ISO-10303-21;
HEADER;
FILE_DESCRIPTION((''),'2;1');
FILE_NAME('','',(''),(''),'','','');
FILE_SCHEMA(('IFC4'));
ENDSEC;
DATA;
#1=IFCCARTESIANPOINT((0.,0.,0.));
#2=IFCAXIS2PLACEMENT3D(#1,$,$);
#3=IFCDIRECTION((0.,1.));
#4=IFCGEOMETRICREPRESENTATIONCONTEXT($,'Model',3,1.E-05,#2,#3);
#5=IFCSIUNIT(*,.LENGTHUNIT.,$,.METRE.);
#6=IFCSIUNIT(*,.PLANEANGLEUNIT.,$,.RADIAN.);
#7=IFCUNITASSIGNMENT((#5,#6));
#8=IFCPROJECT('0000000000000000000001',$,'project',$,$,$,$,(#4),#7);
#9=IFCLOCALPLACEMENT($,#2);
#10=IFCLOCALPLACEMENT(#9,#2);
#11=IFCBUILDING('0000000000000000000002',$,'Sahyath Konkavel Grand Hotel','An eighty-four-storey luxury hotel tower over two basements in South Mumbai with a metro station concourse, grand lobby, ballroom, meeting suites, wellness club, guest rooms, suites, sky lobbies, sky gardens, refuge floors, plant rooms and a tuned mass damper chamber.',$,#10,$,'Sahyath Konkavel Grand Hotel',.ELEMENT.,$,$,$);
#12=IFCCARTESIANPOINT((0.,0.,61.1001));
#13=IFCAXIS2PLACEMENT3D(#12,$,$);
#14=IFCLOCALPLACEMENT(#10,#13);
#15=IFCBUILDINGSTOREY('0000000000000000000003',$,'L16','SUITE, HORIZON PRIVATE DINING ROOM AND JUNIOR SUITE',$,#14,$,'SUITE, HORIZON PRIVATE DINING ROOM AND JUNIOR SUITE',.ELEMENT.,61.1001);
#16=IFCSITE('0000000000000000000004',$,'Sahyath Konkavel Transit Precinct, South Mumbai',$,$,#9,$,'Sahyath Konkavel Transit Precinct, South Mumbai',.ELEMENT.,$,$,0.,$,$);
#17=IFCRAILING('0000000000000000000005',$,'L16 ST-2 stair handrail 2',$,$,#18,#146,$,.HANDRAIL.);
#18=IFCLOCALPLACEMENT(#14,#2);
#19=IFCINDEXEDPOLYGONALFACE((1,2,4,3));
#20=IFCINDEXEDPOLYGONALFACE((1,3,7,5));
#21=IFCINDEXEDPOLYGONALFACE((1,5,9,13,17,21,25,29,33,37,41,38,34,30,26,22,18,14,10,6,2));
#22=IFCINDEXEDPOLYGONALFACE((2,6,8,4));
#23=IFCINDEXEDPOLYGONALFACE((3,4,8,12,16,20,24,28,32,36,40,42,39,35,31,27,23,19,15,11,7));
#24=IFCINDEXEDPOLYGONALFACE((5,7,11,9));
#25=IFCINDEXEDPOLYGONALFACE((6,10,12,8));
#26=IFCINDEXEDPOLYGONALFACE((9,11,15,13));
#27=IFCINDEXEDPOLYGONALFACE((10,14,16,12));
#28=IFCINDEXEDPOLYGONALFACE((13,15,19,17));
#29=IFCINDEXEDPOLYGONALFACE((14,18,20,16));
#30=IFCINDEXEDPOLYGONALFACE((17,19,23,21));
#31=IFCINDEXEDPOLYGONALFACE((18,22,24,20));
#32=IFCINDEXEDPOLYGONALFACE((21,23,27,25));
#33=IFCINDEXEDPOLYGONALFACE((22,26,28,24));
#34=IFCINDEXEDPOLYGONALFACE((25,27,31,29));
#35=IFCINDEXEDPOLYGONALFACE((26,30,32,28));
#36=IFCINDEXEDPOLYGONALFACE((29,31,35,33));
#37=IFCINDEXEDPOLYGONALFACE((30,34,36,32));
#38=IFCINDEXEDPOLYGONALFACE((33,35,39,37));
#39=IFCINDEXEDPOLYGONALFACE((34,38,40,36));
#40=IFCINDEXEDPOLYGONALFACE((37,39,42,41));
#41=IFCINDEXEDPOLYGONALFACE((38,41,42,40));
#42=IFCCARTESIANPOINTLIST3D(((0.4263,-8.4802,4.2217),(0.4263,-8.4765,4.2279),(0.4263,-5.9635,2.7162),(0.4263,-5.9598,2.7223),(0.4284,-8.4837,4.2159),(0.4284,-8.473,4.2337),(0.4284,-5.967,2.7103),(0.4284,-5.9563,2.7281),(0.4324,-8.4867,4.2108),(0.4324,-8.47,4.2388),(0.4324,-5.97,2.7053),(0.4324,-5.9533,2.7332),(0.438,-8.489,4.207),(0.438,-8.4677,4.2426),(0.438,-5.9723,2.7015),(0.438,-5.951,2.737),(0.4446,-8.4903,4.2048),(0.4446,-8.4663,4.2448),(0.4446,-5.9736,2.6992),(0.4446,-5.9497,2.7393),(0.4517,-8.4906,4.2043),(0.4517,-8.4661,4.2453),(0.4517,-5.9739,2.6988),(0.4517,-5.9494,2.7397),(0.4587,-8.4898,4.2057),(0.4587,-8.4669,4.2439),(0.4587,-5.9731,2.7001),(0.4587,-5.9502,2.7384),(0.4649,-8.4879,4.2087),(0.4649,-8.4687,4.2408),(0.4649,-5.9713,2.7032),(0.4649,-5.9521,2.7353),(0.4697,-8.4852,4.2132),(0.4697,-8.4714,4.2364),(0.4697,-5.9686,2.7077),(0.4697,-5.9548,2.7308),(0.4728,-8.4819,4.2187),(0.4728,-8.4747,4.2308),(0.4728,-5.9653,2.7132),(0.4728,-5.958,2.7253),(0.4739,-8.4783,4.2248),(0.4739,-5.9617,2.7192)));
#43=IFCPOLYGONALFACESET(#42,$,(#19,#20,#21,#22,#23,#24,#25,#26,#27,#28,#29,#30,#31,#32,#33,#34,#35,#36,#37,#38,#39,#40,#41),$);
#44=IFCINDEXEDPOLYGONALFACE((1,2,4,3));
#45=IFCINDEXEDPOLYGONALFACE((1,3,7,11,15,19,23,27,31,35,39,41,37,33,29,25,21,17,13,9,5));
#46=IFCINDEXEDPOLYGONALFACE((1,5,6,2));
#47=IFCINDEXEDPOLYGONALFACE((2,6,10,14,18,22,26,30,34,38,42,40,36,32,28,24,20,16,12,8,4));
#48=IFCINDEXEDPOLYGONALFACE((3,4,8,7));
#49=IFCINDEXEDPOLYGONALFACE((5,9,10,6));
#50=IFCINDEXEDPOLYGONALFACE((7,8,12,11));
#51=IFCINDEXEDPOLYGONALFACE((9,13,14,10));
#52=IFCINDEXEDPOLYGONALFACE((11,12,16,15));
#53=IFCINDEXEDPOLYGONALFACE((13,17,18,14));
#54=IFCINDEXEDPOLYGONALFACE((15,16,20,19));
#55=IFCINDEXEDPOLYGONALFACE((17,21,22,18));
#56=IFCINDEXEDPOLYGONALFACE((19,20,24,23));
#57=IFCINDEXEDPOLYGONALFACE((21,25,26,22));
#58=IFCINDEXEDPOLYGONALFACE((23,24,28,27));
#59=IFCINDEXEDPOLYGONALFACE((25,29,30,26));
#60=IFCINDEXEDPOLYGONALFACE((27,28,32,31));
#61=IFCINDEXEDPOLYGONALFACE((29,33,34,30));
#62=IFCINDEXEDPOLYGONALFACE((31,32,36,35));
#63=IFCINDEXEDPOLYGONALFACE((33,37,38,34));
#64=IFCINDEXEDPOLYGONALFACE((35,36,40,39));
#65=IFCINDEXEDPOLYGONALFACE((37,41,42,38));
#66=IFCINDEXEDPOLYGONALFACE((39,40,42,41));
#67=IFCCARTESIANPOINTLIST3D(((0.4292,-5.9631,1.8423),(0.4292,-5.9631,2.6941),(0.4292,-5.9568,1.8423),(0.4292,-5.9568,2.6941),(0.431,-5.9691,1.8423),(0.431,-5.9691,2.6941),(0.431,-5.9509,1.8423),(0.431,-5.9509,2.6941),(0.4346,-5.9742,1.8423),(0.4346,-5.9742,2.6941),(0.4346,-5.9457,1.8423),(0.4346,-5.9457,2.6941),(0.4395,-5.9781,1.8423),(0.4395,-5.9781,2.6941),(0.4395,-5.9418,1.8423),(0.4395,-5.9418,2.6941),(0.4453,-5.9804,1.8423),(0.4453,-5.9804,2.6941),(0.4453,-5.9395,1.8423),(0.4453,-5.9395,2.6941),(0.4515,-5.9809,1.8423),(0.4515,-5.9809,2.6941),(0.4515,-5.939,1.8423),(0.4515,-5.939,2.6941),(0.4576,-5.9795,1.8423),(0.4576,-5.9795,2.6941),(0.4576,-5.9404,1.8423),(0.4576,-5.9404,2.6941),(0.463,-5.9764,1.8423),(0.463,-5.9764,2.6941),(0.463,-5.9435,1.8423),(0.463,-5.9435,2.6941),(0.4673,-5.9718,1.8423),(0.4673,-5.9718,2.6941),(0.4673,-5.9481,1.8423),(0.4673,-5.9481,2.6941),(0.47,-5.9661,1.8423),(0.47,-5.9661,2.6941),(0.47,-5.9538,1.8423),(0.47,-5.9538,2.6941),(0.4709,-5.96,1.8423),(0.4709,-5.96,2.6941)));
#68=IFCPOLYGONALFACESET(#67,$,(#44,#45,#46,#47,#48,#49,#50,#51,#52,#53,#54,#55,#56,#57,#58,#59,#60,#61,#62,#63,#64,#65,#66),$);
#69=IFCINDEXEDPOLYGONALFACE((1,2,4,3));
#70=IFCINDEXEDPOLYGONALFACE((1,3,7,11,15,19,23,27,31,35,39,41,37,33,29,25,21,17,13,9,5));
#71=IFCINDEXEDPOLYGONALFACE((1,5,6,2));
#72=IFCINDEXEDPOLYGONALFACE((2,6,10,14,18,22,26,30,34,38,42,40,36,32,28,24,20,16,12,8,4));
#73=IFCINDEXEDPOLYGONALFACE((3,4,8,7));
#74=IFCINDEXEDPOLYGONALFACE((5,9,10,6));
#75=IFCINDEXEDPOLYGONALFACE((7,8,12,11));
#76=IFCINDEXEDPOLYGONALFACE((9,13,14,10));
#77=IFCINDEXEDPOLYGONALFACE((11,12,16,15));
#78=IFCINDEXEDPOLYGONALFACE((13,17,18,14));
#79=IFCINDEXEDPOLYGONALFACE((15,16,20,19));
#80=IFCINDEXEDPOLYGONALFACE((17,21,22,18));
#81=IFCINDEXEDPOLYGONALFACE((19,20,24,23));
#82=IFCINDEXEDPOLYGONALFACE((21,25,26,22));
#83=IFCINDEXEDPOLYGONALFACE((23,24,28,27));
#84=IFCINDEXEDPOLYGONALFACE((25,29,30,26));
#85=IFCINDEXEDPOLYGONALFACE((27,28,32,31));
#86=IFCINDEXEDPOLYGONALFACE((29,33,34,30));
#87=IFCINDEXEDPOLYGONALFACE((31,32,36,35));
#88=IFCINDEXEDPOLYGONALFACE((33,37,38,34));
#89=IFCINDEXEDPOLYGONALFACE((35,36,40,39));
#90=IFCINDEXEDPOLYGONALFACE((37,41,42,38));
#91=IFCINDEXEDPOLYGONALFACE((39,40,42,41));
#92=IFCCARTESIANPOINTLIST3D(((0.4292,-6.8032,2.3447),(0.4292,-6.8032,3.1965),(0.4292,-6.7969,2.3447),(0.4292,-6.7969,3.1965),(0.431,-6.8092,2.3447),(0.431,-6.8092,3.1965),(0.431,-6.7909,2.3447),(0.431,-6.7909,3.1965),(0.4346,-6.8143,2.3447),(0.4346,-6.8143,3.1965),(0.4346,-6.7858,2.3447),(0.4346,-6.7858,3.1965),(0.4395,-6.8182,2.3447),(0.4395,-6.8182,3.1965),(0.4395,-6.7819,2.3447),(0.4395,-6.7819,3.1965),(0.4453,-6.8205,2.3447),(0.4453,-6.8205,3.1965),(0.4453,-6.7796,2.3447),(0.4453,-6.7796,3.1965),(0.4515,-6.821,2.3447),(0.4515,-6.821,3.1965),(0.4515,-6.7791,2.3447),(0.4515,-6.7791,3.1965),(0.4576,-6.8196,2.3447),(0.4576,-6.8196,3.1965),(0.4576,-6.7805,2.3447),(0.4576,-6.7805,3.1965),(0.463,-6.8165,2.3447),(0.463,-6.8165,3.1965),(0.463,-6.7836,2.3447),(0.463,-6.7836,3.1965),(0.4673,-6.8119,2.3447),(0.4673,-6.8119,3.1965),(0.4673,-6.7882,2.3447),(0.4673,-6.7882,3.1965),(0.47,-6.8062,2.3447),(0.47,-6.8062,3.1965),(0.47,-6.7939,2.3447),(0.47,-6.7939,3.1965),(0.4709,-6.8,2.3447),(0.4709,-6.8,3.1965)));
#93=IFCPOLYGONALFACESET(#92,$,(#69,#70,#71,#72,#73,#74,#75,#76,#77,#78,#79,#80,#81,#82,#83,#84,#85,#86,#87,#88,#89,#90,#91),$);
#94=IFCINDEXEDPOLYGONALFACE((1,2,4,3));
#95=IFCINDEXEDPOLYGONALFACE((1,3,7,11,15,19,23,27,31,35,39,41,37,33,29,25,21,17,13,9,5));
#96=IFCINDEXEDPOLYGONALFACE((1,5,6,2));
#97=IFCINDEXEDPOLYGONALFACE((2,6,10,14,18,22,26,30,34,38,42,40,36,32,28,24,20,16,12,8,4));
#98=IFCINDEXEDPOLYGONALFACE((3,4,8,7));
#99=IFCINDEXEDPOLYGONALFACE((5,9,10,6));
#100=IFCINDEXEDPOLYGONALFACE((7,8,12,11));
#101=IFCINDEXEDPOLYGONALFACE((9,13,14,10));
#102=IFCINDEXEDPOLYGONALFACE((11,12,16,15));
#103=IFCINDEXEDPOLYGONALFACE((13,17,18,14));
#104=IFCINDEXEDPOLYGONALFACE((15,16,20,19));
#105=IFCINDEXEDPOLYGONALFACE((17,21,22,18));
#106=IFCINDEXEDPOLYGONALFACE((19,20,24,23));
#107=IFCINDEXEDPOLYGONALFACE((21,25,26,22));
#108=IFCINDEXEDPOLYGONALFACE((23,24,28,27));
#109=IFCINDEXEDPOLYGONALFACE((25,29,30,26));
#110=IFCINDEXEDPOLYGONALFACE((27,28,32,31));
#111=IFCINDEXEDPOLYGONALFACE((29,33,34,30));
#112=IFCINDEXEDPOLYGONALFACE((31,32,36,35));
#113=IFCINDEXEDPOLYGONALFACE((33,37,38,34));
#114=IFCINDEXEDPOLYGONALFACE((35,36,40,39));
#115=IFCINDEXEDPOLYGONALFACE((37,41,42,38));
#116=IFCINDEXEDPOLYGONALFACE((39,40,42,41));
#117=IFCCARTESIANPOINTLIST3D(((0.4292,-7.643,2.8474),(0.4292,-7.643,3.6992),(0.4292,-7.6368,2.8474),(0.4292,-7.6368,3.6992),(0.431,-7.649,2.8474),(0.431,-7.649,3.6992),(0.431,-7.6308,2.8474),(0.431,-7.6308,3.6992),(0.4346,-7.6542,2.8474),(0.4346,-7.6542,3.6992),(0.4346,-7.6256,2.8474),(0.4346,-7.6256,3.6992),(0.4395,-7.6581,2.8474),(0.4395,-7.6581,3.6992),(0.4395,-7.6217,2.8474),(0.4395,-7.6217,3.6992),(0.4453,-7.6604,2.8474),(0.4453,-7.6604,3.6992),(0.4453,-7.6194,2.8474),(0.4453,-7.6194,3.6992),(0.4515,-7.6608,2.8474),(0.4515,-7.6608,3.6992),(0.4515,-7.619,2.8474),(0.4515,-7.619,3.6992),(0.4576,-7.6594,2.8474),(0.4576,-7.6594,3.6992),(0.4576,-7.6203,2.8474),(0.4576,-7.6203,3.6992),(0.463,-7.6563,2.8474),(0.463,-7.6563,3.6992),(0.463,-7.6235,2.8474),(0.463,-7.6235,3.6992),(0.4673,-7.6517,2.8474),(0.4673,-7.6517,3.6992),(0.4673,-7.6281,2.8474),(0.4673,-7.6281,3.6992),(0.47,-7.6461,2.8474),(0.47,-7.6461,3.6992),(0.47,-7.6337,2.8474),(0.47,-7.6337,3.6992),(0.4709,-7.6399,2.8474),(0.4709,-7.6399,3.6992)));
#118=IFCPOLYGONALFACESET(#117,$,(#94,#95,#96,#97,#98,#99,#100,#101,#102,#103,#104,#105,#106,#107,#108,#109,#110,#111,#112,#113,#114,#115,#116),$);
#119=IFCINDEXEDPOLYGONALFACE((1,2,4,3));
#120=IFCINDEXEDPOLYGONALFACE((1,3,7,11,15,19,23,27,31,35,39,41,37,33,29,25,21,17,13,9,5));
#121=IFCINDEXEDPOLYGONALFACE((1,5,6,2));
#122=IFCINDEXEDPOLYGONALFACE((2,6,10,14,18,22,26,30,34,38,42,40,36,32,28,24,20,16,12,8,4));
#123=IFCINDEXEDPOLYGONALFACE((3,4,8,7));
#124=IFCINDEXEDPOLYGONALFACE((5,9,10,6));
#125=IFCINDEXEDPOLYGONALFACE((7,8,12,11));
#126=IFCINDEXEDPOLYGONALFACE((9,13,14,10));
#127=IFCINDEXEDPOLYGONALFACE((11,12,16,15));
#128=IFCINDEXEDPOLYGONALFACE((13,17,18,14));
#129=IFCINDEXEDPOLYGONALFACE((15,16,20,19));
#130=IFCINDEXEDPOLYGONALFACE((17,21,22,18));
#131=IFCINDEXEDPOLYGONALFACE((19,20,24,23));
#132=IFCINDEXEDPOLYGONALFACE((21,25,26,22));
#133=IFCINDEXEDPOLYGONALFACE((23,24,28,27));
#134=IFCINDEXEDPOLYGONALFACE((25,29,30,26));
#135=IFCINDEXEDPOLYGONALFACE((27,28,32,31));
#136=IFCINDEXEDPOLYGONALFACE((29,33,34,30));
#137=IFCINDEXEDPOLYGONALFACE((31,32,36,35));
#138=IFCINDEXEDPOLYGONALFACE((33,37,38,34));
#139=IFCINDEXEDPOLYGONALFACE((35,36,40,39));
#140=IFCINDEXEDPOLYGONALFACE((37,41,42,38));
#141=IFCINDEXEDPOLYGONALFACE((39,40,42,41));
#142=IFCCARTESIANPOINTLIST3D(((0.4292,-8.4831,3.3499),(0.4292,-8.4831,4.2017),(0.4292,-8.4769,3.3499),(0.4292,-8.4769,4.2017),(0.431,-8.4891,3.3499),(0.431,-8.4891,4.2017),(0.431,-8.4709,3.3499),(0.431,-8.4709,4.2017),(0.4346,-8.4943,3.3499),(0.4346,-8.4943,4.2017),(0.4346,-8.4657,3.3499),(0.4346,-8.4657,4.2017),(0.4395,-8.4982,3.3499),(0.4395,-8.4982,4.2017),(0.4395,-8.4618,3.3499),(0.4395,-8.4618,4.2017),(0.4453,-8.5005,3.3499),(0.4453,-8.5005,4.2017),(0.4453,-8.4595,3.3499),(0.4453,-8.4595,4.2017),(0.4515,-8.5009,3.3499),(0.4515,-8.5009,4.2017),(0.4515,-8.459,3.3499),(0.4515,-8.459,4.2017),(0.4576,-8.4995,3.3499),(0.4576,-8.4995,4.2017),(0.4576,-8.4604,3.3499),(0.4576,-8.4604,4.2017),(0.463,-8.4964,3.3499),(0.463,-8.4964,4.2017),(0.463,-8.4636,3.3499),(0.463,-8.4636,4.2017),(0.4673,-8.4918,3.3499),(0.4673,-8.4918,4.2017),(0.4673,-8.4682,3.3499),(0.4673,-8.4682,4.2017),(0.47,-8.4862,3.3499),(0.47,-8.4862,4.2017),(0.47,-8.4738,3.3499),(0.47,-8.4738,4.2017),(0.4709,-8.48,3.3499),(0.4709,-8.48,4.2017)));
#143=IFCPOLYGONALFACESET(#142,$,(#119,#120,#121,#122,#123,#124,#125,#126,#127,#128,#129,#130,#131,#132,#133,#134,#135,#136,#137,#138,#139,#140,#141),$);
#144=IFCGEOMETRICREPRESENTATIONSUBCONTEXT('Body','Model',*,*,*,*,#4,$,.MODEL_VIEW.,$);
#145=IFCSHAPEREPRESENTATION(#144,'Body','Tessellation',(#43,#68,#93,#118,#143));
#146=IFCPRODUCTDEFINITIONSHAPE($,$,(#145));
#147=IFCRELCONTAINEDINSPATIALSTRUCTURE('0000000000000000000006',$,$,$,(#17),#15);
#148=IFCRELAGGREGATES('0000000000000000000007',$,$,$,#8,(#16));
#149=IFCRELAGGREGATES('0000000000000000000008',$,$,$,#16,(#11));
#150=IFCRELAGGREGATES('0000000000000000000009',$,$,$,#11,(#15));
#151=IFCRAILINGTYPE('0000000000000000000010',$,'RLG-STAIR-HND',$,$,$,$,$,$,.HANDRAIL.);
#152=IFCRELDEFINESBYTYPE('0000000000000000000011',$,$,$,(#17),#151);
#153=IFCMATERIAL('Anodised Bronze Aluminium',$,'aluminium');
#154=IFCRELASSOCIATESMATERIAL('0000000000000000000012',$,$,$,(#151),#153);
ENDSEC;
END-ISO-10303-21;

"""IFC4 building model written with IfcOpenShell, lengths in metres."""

from ifc_helpers import new_model, si_unit, direction, frame, origin, origin_2d, place, context, subcontext, project, spatial, circle, extrude, material, type_object, element, save


model = new_model("IFC4")

# Units and contexts
model_context = context("Model", 3, precision=1e-05, world=origin(), true_north=direction((0.0, 1.0)))
body_context = subcontext(model_context, "Body", "Model", "MODEL_VIEW")
ifc_project = project(units=[si_unit("LENGTHUNIT", "METRE"), si_unit("PLANEANGLEUNIT", "RADIAN")], contexts=[model_context])

# Site, building, storey
site_placement = place(None, origin())
site = spatial("IfcSite", under=ifc_project, at=site_placement, Name="Sahyath Konkavel Transit Precinct, South Mumbai", LongName="Sahyath Konkavel Transit Precinct, South Mumbai", CompositionType="ELEMENT", RefElevation=0.0)
building_placement = place(site_placement, origin())
building = spatial("IfcBuilding", under=site, at=building_placement, Name="Sahyath Konkavel Grand Hotel", Description="An eighty-four-storey luxury hotel tower over two basements in South Mumbai with a metro station concourse, grand lobby, ballroom, meeting suites, wellness club, guest rooms, suites, sky lobbies, sky gardens, refuge floors, plant rooms and a tuned mass damper chamber.", LongName="Sahyath Konkavel Grand Hotel", CompositionType="ELEMENT")
storey_placement = place(building_placement, frame((0.0, 0.0, 61.1001)))
storey = spatial("IfcBuildingStorey", under=building, at=storey_placement, Name="L16", Description="SUITE, HORIZON PRIVATE DINING ROOM AND JUNIOR SUITE", LongName="SUITE, HORIZON PRIVATE DINING ROOM AND JUNIOR SUITE", CompositionType="ELEMENT", Elevation=61.1001)

# Railing
ifc_material_1 = material(Name="Anodised Bronze Aluminium", Category="aluminium")
railing_type_1 = type_object("IfcRailingType", Name="RLG-STAIR-HND", PredefinedType="HANDRAIL", material=ifc_material_1)
railing_1_placement = place(storey_placement, frame((0.45, -5.96, 1.8423)))
element("IfcRailing", 1, at=railing_1_placement, inside=storey, type_object=railing_type_1, Name="L16 ST-2 stair handrail 2", PredefinedType="HANDRAIL", context=body_context, shape_type="SweptSolid", body=[
    extrude(circle(Radius=0.0239, at=origin_2d()), frame((0.0, -0.0017, 0.877), z_axis=(0.0, -0.85816, 0.513383), x_axis=(1.0, 0.0, 0.0)), (0.0, 0.0, 1.0), 2.9326),
    extrude(circle(Radius=0.021, at=origin_2d()), origin(), (0.0, 0.0, 1.0), 0.8518),
    extrude(circle(Radius=0.021, at=origin_2d()), frame((0.0, -0.8401, 0.5024)), (0.0, 0.0, 1.0), 0.8518),
    extrude(circle(Radius=0.021, at=origin_2d()), frame((0.0, -1.6799, 1.0051)), (0.0, 0.0, 1.0), 0.8518),
    extrude(circle(Radius=0.021, at=origin_2d()), frame((0.0, -2.52, 1.5076)), (0.0, 0.0, 1.0), 0.8518),
])

save(model, "model.ifc")
